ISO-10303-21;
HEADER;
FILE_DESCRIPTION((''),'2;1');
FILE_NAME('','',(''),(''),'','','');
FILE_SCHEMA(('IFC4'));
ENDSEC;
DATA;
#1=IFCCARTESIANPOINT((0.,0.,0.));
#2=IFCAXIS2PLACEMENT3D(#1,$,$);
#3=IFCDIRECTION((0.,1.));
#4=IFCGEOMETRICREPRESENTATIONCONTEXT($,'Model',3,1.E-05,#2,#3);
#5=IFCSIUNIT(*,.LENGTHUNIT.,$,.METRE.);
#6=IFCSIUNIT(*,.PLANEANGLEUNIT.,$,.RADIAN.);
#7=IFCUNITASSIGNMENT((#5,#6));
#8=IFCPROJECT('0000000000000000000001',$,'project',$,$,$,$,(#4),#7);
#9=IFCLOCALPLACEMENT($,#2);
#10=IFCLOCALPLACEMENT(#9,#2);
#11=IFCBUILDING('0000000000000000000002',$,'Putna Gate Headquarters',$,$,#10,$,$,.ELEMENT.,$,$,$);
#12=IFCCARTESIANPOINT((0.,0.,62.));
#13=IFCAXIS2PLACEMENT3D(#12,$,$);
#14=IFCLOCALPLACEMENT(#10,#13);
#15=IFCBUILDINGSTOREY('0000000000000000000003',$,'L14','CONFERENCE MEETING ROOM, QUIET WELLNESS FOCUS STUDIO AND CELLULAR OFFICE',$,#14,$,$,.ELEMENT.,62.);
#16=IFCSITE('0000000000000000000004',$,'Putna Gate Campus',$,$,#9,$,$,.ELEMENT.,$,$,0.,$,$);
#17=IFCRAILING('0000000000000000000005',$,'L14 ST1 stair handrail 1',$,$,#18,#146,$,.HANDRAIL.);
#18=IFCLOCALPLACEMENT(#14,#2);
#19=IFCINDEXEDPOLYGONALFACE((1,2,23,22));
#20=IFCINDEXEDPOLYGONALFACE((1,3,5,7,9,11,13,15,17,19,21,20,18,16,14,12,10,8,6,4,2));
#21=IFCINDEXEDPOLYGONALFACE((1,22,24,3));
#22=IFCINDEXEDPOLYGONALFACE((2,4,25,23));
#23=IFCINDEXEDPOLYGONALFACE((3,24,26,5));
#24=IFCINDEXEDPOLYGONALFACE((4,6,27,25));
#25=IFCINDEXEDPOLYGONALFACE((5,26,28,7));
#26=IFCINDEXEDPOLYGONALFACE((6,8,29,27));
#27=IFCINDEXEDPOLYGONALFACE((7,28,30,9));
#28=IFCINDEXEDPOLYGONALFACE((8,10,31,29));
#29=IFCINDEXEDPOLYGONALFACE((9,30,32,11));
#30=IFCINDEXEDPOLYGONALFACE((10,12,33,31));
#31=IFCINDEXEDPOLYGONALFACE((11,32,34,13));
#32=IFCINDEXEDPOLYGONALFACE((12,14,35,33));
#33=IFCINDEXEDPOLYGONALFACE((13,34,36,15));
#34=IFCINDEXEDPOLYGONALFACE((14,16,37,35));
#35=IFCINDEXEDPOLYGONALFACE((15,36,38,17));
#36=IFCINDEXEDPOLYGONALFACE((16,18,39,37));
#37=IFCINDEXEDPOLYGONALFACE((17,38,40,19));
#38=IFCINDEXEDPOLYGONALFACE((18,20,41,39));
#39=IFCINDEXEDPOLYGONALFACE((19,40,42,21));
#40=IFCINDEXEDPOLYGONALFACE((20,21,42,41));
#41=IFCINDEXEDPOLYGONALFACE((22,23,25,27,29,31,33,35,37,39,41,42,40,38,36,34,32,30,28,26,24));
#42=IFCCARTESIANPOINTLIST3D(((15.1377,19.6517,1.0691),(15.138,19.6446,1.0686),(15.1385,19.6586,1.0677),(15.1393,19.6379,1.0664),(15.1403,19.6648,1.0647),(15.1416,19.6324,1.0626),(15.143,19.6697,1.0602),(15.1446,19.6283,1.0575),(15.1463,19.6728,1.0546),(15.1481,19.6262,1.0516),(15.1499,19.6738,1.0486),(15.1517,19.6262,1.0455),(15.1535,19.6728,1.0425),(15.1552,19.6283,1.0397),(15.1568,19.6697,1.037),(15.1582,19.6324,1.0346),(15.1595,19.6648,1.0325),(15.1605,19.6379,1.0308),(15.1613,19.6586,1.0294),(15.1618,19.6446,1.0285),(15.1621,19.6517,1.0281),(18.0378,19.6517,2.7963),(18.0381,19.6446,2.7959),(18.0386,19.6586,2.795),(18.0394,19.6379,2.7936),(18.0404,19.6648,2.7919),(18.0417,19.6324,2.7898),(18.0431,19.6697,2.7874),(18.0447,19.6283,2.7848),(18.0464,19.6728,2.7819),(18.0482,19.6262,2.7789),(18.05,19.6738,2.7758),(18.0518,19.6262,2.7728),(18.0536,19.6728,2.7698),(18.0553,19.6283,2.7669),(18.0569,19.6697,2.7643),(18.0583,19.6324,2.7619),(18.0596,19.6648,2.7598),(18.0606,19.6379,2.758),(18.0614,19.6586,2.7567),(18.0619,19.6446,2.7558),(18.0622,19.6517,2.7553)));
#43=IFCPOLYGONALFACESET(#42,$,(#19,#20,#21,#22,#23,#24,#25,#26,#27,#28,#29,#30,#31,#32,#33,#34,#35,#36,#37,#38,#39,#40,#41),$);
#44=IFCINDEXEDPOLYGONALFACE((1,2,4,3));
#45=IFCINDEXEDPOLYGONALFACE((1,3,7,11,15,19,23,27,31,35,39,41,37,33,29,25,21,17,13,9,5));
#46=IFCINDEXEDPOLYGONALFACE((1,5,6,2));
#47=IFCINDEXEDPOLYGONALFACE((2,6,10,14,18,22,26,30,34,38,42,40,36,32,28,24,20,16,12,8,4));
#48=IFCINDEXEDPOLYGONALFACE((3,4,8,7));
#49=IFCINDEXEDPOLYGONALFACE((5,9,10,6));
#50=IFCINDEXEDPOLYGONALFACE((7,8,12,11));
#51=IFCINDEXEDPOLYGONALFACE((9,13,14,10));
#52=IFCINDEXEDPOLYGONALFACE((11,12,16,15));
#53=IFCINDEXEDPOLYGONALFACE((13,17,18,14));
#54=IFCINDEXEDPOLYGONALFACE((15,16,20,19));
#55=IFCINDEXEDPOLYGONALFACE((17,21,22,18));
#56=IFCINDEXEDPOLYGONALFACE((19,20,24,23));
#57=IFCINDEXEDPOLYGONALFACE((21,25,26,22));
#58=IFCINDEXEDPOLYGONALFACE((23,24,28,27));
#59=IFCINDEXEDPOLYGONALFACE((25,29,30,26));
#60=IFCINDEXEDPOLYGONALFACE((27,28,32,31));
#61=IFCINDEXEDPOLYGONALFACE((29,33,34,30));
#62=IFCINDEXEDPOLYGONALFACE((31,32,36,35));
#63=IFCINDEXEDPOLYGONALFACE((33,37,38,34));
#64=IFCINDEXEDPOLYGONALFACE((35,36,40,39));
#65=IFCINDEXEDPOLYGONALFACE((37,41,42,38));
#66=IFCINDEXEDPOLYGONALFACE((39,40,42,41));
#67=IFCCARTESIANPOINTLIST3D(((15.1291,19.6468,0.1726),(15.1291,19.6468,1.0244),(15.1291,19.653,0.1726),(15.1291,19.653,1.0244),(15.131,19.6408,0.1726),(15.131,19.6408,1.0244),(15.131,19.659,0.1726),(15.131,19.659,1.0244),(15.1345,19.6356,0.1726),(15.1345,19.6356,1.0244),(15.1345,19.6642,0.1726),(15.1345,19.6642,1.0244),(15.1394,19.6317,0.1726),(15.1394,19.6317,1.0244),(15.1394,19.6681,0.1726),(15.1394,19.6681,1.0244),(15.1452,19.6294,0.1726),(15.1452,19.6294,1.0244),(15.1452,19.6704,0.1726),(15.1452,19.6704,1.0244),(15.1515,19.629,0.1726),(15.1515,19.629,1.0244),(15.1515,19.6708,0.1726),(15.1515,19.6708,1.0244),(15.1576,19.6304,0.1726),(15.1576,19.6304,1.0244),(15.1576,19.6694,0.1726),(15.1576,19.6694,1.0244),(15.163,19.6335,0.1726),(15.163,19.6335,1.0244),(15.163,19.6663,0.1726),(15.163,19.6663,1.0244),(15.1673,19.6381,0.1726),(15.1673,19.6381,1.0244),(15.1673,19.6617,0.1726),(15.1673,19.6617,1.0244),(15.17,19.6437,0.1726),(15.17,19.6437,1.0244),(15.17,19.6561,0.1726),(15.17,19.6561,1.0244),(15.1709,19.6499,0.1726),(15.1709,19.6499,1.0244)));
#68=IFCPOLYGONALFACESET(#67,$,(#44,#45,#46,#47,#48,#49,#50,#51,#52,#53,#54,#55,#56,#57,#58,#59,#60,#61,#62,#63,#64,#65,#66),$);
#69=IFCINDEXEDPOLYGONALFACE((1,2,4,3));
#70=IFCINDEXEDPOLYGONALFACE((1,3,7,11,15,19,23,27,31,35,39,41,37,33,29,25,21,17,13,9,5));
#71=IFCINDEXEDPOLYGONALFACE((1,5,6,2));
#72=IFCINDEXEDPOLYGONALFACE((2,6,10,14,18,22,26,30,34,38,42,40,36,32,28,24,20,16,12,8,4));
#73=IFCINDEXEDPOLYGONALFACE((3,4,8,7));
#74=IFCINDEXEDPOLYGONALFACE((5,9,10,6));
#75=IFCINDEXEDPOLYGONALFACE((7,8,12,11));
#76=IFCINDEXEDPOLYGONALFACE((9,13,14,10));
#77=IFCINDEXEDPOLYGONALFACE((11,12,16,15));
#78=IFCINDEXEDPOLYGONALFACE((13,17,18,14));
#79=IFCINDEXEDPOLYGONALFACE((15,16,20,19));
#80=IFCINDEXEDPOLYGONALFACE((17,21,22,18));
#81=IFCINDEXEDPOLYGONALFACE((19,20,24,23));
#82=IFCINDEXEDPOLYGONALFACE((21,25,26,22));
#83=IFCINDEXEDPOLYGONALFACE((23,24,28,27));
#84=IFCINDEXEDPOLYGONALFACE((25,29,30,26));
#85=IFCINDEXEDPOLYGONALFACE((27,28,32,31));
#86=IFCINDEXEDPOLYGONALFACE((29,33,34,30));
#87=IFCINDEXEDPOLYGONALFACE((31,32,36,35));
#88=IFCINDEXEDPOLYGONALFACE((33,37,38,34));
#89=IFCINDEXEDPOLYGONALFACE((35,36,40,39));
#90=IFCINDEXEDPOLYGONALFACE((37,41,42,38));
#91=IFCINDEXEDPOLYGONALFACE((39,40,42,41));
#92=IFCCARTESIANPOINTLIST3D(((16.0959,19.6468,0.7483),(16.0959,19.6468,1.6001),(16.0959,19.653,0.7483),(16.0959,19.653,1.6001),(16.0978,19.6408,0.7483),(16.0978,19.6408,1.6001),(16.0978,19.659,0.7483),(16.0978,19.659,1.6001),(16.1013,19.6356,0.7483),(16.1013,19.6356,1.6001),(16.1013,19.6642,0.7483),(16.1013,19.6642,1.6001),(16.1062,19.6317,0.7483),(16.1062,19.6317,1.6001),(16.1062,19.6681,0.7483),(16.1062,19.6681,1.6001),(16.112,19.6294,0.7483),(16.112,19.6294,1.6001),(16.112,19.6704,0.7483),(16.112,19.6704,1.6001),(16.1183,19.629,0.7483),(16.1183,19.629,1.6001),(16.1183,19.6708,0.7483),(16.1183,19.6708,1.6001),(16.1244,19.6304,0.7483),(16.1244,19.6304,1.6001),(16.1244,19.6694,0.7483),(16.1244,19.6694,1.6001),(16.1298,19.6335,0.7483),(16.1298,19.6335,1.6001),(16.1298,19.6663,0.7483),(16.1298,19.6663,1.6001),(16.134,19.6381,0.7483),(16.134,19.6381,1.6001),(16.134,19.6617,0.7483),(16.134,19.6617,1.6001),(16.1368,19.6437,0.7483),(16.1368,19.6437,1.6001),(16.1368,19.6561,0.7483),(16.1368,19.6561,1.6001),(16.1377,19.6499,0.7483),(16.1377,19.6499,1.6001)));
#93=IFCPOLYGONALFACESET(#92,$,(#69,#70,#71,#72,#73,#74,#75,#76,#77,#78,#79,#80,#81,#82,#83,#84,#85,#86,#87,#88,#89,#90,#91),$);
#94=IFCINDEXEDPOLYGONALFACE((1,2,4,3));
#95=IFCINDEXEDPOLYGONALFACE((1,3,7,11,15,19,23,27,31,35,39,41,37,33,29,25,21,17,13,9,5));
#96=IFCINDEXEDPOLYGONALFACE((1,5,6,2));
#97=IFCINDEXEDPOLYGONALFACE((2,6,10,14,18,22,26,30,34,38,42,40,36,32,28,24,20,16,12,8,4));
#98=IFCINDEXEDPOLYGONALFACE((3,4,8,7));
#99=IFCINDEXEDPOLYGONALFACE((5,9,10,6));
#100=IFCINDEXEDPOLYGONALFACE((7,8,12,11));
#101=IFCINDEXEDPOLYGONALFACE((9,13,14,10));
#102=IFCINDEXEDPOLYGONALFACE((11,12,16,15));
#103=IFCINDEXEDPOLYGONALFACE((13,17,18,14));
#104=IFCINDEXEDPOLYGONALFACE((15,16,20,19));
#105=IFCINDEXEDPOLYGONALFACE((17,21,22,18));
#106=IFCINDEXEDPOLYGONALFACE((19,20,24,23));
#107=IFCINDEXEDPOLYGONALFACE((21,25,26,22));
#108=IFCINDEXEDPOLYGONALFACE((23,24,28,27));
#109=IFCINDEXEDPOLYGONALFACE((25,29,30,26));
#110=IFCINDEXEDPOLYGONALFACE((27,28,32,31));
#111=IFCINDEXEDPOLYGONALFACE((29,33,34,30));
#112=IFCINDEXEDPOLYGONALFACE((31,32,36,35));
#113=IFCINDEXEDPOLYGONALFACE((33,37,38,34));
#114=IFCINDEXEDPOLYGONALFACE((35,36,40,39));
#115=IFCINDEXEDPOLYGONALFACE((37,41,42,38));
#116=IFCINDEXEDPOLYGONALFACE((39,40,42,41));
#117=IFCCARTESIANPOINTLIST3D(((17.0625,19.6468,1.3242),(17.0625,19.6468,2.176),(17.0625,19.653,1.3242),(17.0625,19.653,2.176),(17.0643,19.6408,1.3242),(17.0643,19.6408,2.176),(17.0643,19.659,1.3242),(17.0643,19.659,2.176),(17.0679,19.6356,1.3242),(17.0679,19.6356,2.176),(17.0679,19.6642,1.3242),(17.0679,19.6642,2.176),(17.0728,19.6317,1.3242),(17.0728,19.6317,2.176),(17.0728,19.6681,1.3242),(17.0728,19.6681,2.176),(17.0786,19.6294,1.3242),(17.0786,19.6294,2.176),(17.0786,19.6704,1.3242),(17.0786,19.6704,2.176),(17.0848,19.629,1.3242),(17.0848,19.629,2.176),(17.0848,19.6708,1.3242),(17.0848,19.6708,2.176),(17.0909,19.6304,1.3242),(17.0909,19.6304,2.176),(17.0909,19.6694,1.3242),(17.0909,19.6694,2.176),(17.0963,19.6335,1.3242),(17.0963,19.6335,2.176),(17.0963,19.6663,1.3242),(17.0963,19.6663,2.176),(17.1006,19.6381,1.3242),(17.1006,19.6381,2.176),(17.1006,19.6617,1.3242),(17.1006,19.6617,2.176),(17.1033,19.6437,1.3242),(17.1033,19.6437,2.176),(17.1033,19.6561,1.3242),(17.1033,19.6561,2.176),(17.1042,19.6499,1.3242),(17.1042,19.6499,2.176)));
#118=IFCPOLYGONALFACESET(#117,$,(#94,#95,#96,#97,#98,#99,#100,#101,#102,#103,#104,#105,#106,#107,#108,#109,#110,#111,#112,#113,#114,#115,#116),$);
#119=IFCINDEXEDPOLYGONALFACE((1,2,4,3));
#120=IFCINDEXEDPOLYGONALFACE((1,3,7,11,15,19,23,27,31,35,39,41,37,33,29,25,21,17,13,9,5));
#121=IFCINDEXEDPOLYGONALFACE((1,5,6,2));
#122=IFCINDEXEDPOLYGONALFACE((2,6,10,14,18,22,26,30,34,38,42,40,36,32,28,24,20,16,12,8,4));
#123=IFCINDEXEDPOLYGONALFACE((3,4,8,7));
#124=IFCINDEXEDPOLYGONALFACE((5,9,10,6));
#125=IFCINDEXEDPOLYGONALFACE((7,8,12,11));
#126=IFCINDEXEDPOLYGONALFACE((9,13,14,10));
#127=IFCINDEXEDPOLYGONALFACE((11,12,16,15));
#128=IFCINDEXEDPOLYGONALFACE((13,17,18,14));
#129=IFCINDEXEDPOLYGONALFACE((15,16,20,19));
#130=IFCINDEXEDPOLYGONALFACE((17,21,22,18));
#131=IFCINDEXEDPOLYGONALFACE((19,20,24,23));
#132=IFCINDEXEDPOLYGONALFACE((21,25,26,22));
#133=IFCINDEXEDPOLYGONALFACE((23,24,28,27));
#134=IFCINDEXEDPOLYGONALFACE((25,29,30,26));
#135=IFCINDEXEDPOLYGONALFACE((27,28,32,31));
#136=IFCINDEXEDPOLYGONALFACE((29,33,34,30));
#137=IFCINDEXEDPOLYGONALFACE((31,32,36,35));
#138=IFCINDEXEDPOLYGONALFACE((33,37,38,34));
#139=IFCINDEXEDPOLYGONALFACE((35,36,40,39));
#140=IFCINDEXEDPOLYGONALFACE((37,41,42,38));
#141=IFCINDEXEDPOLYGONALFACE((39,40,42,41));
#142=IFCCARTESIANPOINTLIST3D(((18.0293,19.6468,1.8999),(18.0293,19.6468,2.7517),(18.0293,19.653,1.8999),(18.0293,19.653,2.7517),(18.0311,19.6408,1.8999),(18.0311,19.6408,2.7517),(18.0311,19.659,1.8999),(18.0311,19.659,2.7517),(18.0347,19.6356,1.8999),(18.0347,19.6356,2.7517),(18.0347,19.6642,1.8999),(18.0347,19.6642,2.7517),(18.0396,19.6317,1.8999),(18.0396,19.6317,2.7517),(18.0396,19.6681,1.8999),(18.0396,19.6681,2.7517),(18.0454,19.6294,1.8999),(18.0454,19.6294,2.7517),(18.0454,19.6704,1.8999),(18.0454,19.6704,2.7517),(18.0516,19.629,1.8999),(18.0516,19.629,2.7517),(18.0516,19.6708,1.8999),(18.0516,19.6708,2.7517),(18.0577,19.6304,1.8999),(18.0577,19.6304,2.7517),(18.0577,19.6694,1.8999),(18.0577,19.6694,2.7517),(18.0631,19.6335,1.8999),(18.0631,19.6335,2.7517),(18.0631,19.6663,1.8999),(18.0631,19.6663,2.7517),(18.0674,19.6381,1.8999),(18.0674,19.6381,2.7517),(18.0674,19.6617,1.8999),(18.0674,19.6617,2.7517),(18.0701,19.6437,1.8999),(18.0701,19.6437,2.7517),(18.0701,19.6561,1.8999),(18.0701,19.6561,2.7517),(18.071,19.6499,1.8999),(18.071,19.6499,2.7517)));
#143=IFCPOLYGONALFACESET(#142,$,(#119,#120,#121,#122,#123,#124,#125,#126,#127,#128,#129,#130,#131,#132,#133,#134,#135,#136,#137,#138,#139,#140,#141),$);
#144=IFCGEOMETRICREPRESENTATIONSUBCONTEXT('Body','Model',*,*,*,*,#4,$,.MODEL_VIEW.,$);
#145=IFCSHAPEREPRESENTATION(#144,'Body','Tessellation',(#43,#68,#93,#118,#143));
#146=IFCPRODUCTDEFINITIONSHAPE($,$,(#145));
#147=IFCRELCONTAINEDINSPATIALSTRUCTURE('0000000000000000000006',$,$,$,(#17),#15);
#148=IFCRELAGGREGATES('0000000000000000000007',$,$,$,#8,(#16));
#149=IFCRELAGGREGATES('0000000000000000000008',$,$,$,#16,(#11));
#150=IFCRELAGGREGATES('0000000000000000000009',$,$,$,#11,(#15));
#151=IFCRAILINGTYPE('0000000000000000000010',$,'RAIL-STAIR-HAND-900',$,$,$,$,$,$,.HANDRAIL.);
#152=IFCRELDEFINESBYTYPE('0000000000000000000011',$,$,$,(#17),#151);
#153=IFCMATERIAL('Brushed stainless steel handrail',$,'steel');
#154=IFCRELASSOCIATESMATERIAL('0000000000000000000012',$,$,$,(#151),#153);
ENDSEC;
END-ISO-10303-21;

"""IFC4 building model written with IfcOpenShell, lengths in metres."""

from ifc_helpers import new_model, si_unit, direction, frame, origin, origin_2d, place, context, subcontext, project, spatial, circle, extrude, material, type_object, element, save


model = new_model("IFC4")

# Units and contexts
model_context = context("Model", 3, precision=1e-05, world=origin(), true_north=direction((0.0, 1.0)))
body_context = subcontext(model_context, "Body", "Model", "MODEL_VIEW")
ifc_project = project(units=[si_unit("LENGTHUNIT", "METRE"), si_unit("PLANEANGLEUNIT", "RADIAN")], contexts=[model_context])

# Site, building, storey
site_placement = place(None, origin())
site = spatial("IfcSite", under=ifc_project, at=site_placement, Name="Putna Gate Campus", CompositionType="ELEMENT", RefElevation=0.0)
building_placement = place(site_placement, origin())
building = spatial("IfcBuilding", under=site, at=building_placement, Name="Putna Gate Headquarters", CompositionType="ELEMENT")
storey_placement = place(building_placement, frame((0.0, 0.0, 62.0)))
storey = spatial("IfcBuildingStorey", under=building, at=storey_placement, Name="L14", Description="CONFERENCE MEETING ROOM, QUIET WELLNESS FOCUS STUDIO AND CELLULAR OFFICE", CompositionType="ELEMENT", Elevation=62.0)

# Railing
ifc_material_1 = material(Name="Brushed stainless steel handrail", Category="steel")
railing_type_1 = type_object("IfcRailingType", Name="RAIL-STAIR-HAND-900", PredefinedType="HANDRAIL", material=ifc_material_1)
railing_1_placement = place(storey_placement, frame((15.1499, 19.6499, 0.1726)))
element("IfcRailing", 1, at=railing_1_placement, inside=storey, type_object=railing_type_1, Name="L14 ST1 stair handrail 1", PredefinedType="HANDRAIL", context=body_context, shape_type="SweptSolid", body=[
    extrude(circle(Radius=0.0239, at=origin_2d()), frame((0.0, 0.0, 0.876), z_axis=(0.85916, 0.0, 0.511706), x_axis=(0.0, 1.0, 0.0)), (0.0, 0.0, 1.0), 3.3755),
    extrude(circle(Radius=0.021, at=origin_2d()), origin(), (0.0, 0.0, 1.0), 0.8518),
    extrude(circle(Radius=0.021, at=origin_2d()), frame((0.9668, 0.0, 0.5757)), (0.0, 0.0, 1.0), 0.8518),
    extrude(circle(Radius=0.021, at=origin_2d()), frame((1.9333, 0.0, 1.1516)), (0.0, 0.0, 1.0), 0.8518),
    extrude(circle(Radius=0.021, at=origin_2d()), frame((2.9001, 0.0, 1.7273)), (0.0, 0.0, 1.0), 0.8518),
])

save(model, "model.ifc")
